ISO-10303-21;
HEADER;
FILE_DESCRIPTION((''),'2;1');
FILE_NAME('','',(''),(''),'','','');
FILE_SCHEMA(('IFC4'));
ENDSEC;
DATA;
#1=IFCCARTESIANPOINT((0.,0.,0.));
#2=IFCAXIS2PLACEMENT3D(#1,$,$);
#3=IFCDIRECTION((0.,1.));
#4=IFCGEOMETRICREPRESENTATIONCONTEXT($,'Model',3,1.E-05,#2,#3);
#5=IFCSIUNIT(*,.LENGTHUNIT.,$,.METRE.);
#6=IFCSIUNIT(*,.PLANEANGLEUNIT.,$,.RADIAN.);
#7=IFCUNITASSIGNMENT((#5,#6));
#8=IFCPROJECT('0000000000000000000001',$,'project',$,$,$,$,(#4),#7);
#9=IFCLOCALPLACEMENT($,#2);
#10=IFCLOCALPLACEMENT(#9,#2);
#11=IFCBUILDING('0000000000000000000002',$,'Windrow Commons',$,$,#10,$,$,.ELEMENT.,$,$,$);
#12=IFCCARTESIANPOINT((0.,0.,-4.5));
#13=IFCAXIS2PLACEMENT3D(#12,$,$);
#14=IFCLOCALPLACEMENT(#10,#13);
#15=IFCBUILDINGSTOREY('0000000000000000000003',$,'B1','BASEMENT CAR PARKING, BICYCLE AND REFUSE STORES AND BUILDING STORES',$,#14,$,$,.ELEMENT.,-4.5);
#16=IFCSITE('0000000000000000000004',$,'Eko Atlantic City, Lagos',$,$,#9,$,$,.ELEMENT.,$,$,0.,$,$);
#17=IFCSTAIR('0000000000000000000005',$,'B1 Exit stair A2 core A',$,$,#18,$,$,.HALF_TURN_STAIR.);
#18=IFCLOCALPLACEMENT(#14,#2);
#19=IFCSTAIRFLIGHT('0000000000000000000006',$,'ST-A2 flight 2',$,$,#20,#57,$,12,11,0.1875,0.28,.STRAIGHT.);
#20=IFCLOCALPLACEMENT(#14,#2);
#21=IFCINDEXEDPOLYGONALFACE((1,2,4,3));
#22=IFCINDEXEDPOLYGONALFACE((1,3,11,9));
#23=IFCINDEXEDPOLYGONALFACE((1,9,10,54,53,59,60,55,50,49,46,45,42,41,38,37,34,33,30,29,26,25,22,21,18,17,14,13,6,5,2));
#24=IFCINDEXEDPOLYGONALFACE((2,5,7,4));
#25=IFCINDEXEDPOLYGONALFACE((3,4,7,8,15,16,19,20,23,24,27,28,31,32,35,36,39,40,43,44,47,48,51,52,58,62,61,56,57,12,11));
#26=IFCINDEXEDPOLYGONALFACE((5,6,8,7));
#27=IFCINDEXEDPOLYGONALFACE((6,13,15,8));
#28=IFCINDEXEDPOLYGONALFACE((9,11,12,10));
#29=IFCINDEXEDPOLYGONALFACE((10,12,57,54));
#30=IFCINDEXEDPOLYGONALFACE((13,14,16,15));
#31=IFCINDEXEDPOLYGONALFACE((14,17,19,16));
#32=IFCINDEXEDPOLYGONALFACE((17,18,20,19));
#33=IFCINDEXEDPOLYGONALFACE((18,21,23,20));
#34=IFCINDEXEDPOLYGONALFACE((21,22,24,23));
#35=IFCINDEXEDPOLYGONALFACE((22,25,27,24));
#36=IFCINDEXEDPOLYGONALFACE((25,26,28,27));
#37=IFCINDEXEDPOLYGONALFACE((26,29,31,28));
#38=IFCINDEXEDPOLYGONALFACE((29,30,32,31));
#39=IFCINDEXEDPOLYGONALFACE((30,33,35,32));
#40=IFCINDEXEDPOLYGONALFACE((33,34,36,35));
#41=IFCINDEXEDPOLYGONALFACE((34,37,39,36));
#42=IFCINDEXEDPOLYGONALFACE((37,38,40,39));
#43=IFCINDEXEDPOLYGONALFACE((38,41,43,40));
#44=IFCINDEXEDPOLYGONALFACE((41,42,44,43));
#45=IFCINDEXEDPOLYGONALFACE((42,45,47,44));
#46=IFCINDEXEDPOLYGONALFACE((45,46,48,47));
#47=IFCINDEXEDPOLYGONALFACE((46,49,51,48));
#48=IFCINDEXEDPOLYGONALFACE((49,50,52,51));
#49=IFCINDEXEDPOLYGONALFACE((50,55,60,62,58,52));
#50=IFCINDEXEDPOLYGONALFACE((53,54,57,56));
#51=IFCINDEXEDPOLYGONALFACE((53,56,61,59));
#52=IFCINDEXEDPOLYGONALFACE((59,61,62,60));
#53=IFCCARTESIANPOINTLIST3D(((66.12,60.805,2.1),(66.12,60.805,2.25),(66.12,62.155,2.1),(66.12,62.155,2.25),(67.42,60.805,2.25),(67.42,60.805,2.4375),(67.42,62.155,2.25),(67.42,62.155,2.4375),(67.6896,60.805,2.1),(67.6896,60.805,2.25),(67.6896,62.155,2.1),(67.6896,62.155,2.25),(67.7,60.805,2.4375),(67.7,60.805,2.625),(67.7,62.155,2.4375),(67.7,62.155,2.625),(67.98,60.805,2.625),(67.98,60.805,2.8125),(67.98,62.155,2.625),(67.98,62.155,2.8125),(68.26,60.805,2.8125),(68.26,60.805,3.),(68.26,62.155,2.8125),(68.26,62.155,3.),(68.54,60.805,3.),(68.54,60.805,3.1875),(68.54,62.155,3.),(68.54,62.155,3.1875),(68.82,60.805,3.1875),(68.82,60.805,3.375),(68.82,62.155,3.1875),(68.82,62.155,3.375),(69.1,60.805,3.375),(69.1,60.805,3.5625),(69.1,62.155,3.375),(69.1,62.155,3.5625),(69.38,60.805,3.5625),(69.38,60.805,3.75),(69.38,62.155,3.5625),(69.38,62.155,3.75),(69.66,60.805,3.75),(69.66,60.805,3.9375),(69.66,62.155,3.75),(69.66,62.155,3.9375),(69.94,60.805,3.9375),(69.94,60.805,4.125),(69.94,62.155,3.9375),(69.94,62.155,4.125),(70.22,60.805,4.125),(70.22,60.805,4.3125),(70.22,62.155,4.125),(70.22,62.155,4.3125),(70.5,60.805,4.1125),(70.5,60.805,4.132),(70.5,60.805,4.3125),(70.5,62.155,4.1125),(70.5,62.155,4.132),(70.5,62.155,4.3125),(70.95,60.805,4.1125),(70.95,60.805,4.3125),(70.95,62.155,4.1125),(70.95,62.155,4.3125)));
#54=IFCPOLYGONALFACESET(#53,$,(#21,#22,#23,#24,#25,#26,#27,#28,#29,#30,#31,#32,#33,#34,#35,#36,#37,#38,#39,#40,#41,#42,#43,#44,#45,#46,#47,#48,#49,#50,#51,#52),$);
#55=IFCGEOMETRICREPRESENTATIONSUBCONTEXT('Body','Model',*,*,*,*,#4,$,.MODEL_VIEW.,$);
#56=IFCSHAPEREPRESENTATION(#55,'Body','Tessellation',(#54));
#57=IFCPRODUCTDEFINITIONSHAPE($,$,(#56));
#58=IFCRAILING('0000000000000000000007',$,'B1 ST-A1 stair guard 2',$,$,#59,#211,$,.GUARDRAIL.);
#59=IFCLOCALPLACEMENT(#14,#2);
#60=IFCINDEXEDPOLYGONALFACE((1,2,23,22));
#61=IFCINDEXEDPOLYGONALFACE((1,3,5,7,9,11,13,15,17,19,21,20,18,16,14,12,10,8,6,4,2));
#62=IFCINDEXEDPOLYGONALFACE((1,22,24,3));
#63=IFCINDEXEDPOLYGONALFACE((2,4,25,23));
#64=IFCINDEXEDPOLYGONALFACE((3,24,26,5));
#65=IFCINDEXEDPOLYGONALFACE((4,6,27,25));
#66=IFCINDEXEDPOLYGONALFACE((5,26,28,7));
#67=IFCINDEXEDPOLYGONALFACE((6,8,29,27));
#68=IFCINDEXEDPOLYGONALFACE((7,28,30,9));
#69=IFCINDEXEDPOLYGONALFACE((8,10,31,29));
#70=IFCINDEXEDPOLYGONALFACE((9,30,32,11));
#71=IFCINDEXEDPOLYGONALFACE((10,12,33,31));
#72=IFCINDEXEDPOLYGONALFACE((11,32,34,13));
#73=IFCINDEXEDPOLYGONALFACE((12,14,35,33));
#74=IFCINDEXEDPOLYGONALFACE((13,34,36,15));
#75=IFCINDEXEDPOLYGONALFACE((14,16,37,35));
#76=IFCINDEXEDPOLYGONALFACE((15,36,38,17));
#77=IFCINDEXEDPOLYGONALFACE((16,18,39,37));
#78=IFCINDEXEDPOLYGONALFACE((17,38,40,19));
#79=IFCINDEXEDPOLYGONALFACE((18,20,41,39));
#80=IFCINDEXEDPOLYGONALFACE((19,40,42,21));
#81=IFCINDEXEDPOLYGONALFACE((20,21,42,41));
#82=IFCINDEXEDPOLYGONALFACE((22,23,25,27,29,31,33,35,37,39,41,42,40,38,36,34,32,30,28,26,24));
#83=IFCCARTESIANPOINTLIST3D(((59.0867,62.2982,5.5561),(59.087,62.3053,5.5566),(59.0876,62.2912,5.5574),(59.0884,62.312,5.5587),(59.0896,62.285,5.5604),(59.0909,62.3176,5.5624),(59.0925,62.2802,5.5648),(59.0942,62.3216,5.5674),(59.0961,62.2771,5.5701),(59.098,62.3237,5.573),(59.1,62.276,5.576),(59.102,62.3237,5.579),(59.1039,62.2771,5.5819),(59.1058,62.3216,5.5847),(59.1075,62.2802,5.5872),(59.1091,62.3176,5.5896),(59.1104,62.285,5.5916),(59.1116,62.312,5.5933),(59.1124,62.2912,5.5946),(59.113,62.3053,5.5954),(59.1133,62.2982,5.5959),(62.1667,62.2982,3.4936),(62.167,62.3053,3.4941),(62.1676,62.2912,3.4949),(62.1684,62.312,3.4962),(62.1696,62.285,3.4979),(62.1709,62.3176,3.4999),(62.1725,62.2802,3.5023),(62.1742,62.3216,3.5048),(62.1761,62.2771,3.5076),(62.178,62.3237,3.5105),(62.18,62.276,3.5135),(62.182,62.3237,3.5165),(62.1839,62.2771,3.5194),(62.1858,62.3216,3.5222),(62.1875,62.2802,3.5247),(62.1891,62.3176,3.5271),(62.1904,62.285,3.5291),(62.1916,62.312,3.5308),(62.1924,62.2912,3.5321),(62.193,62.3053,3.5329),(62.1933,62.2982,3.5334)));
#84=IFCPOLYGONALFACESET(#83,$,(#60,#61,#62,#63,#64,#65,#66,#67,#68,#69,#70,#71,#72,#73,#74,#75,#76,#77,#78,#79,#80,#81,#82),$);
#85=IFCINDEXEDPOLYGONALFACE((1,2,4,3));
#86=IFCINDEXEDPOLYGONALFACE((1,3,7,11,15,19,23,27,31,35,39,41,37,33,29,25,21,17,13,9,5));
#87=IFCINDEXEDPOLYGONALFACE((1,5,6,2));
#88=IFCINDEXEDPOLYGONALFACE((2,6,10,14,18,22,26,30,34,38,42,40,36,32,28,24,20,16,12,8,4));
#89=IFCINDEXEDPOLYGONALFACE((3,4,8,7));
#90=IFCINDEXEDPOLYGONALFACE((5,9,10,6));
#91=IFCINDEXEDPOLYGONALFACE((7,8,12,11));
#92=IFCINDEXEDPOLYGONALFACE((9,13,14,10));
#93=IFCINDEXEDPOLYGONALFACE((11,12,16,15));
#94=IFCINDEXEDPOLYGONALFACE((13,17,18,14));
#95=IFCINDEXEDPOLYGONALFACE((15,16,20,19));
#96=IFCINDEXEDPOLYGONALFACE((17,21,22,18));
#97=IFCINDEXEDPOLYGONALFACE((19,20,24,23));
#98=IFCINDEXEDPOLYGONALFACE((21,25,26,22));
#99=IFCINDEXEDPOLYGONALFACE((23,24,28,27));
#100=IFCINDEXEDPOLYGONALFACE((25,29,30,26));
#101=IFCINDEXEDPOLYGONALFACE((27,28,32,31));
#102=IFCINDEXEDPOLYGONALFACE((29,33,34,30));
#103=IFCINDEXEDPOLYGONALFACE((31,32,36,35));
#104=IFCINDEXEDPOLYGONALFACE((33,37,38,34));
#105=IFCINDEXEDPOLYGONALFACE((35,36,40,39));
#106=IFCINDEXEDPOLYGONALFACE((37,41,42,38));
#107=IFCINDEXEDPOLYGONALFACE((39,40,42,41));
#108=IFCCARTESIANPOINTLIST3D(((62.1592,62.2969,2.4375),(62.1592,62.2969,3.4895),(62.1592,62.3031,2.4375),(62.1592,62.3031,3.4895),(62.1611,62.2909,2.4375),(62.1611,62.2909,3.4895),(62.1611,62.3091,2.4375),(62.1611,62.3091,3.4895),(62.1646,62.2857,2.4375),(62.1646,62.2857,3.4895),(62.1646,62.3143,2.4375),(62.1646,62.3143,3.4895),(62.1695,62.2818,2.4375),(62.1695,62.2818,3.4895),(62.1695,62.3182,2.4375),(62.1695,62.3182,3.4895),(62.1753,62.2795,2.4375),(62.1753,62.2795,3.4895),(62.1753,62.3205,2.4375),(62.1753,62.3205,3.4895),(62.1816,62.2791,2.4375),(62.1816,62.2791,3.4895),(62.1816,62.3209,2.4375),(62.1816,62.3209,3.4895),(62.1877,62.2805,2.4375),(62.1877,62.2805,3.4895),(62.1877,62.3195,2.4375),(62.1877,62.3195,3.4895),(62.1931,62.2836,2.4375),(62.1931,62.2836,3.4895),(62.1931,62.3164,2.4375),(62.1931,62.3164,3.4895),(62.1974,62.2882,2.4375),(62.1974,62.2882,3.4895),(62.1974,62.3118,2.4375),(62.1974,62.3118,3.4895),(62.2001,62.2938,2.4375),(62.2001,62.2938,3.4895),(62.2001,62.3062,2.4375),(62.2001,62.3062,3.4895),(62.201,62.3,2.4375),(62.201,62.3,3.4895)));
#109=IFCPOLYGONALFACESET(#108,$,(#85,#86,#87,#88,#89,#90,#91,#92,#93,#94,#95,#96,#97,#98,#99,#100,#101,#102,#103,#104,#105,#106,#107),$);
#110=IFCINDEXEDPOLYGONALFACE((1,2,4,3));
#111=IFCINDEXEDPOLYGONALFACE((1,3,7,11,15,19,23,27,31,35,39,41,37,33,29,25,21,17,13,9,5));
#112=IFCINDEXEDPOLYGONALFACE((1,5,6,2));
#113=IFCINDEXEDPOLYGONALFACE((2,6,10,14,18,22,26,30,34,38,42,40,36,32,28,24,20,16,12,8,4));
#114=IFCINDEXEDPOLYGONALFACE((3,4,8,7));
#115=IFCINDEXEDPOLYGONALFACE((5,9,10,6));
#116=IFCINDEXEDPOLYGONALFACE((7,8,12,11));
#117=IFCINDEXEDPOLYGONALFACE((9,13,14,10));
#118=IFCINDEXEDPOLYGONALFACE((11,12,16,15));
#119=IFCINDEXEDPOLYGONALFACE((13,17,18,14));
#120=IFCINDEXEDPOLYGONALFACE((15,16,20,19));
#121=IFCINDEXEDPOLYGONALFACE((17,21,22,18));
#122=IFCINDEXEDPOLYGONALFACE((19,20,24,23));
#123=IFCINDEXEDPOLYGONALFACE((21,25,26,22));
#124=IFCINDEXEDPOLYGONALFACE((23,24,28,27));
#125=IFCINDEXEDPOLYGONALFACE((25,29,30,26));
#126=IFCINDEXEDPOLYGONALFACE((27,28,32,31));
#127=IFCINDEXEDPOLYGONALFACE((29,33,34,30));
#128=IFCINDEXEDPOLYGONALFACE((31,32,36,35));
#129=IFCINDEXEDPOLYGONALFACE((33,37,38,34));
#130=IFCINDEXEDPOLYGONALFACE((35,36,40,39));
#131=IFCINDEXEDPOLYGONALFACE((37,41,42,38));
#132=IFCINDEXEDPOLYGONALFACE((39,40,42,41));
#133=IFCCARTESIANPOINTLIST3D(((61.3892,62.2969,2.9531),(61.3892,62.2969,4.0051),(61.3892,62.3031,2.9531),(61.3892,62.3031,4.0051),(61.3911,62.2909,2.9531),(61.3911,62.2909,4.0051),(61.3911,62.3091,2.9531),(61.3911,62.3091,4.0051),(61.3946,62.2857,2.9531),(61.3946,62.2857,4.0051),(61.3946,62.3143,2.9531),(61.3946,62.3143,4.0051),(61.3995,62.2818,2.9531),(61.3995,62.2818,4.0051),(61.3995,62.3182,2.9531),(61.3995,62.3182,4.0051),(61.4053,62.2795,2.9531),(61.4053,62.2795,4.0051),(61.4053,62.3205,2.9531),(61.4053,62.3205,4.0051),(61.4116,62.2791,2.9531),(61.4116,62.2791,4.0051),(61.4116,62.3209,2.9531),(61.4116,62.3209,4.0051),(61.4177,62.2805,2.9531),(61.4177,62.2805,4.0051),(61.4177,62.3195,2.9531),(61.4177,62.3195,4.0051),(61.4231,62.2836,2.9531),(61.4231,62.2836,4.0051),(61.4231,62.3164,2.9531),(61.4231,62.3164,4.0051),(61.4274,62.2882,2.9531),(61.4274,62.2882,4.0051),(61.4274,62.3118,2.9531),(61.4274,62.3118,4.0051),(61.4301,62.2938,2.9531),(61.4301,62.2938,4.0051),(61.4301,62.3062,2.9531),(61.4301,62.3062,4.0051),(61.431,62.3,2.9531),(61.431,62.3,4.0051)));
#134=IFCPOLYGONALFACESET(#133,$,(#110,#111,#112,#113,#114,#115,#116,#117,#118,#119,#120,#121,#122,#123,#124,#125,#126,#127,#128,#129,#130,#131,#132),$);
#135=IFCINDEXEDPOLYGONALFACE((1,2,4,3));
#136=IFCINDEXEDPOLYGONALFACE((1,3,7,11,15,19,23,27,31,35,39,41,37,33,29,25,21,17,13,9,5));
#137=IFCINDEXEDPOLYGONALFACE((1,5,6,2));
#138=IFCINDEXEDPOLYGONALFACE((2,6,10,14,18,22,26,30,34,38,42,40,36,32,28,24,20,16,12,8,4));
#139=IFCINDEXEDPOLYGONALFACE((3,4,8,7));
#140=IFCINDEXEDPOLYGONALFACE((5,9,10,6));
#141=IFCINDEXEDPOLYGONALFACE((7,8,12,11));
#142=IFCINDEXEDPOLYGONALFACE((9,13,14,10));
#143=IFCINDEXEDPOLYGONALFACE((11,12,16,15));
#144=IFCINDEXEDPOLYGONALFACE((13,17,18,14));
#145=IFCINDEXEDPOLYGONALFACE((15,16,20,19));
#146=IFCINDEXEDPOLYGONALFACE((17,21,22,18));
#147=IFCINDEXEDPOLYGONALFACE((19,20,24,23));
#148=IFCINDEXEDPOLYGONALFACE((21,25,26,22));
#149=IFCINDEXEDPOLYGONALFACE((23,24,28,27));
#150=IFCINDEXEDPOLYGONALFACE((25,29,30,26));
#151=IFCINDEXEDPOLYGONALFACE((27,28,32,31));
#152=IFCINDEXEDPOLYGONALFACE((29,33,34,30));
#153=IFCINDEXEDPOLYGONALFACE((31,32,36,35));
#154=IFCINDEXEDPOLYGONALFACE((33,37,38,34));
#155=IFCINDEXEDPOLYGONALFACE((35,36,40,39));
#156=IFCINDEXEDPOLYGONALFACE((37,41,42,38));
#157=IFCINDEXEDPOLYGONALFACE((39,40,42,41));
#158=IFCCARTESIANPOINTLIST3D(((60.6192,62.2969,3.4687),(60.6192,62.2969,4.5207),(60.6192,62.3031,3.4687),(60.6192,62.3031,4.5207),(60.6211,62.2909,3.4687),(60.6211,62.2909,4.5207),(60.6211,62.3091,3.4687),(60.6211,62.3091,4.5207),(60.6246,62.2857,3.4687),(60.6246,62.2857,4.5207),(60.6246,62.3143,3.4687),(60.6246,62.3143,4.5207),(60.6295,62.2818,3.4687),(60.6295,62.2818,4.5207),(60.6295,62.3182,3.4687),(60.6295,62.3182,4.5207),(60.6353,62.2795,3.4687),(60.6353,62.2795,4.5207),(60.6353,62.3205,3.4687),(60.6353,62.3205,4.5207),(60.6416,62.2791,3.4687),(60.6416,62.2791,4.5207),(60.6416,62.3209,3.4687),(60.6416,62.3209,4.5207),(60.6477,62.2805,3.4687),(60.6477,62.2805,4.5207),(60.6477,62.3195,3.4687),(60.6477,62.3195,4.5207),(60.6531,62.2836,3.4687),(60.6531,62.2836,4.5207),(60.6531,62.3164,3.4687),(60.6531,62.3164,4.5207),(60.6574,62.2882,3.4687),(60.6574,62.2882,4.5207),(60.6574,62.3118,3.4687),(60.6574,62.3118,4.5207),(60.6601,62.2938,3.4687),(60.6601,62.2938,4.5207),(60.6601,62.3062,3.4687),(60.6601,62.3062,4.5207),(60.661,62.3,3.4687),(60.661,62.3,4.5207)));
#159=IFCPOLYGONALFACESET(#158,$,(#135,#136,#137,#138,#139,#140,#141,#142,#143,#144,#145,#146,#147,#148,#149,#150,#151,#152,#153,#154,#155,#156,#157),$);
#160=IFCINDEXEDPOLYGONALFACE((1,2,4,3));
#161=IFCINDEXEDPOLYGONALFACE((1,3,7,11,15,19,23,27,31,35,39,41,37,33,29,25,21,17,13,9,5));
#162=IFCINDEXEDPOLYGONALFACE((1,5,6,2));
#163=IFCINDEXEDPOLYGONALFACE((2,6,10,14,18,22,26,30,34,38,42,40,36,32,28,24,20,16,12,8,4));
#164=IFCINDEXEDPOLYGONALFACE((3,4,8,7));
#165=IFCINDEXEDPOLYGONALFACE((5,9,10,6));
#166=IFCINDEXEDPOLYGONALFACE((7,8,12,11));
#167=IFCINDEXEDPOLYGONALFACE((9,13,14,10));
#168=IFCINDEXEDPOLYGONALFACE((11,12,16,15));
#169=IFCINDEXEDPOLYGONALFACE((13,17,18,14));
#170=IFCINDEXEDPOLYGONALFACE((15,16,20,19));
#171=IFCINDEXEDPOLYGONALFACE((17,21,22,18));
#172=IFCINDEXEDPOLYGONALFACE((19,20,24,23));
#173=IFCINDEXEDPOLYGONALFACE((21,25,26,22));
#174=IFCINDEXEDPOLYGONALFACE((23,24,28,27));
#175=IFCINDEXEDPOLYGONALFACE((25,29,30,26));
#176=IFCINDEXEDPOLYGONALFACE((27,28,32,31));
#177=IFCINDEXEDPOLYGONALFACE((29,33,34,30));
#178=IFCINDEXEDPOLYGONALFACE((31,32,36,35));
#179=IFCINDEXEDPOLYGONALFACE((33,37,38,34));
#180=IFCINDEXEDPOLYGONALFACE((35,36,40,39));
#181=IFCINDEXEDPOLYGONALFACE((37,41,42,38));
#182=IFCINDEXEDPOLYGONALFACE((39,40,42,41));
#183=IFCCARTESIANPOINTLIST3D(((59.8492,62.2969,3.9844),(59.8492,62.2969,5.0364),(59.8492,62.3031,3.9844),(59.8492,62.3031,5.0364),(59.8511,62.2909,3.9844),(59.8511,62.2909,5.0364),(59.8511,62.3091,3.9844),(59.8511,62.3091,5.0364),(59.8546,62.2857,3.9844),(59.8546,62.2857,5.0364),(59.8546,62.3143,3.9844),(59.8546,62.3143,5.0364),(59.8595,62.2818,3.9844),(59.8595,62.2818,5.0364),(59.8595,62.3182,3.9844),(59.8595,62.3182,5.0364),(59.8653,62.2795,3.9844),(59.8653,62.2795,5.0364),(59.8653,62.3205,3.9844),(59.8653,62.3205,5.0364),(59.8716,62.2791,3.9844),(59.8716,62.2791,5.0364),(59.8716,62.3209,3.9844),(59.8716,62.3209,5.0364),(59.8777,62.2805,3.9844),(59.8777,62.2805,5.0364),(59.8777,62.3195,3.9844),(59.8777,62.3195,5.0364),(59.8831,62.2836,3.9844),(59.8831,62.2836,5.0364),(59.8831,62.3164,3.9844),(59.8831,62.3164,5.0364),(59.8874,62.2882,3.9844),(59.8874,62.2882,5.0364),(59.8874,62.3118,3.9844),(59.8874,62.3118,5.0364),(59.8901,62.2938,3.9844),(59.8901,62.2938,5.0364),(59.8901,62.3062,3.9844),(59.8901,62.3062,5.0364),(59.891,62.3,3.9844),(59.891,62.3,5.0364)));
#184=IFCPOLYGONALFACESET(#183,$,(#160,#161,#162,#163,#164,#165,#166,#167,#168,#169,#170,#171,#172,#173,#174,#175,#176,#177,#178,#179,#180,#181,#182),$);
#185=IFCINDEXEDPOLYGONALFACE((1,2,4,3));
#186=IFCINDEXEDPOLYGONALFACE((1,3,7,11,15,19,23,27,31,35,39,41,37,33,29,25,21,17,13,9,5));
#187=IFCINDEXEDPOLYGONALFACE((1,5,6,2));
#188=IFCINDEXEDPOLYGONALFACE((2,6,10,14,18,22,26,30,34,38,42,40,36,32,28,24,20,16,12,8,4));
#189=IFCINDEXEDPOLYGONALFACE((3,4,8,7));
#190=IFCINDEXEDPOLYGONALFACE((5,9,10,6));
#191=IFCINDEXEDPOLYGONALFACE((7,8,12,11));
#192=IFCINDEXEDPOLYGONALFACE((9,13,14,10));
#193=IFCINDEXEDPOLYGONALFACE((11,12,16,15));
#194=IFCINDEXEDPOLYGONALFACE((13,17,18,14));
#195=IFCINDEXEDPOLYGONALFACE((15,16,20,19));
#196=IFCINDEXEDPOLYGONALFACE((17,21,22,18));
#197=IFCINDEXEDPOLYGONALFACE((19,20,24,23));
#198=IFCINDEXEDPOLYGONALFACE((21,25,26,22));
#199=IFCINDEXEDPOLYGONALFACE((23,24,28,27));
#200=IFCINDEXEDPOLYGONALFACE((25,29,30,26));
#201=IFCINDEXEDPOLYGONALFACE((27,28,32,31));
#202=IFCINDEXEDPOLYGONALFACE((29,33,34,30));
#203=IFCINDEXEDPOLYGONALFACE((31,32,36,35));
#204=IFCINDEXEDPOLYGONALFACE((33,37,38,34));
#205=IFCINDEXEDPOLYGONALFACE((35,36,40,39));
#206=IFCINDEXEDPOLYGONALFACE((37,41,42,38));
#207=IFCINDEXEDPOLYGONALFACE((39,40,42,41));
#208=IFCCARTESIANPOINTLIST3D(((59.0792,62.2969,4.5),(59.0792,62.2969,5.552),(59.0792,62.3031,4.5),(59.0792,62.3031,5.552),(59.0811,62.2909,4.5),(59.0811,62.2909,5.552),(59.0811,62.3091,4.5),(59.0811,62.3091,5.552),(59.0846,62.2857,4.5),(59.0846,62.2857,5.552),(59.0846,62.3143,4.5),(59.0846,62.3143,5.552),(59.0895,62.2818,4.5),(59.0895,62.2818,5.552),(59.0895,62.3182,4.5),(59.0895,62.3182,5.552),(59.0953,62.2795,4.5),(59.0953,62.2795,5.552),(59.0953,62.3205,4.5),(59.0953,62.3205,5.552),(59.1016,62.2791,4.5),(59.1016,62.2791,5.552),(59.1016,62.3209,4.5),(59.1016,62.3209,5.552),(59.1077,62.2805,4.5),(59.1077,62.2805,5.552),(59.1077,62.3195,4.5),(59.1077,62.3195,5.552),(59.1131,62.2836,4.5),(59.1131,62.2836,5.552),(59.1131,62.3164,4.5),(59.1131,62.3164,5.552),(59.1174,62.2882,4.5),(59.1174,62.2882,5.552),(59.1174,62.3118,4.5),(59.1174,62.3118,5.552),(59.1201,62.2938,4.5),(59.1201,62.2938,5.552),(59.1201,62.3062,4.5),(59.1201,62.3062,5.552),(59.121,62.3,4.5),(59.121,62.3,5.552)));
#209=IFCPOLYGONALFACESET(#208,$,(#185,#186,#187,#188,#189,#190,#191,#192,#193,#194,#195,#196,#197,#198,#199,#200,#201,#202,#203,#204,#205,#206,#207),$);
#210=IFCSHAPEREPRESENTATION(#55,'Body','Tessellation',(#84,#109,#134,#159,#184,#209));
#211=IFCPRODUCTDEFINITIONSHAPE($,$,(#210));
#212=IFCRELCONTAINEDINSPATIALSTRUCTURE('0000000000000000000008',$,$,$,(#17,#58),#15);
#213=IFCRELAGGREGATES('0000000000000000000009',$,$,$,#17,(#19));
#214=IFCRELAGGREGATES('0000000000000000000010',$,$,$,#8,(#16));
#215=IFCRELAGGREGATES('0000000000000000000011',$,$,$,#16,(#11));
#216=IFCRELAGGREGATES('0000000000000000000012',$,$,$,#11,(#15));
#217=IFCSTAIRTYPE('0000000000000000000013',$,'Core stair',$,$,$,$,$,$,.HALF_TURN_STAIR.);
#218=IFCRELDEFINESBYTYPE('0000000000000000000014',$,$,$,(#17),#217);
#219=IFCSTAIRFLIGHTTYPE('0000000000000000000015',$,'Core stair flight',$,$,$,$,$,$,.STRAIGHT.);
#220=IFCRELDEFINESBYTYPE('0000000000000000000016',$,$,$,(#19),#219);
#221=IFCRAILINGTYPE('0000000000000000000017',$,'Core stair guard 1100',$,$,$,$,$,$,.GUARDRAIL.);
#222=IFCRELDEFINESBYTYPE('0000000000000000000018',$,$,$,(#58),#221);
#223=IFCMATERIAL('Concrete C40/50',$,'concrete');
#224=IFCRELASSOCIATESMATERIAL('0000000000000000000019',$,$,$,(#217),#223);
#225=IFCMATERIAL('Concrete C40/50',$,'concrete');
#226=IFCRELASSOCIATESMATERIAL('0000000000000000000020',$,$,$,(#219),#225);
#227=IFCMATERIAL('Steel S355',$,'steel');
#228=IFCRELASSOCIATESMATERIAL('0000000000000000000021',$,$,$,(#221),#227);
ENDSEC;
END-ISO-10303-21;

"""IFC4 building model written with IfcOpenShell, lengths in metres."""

from ifc_helpers import new_model, si_unit, direction, frame, origin, origin_2d, place, context, subcontext, project, spatial, polyline, circle, outline, extrude, material, type_object, element, aggregate, save


model = new_model("IFC4")

# Units and contexts
model_context = context("Model", 3, precision=1e-05, world=origin(), true_north=direction((0.0, 1.0)))
body_context = subcontext(model_context, "Body", "Model", "MODEL_VIEW")
ifc_project = project(units=[si_unit("LENGTHUNIT", "METRE"), si_unit("PLANEANGLEUNIT", "RADIAN")], contexts=[model_context])

# Site, building, storey
site_placement = place(None, origin())
site = spatial("IfcSite", under=ifc_project, at=site_placement, Name="Eko Atlantic City, Lagos", CompositionType="ELEMENT", RefElevation=0.0)
building_placement = place(site_placement, origin())
building = spatial("IfcBuilding", under=site, at=building_placement, Name="Windrow Commons", CompositionType="ELEMENT")
storey_placement = place(building_placement, frame((0.0, 0.0, -4.5)))
storey = spatial("IfcBuildingStorey", under=building, at=storey_placement, Name="B1", Description="BASEMENT CAR PARKING, BICYCLE AND REFUSE STORES AND BUILDING STORES", CompositionType="ELEMENT", Elevation=-4.5)

# Shared definitions
ifc_material_1 = material(Name="Concrete C40/50", Category="concrete")
stair_type = type_object("IfcStairType", Name="Core stair", PredefinedType="HALF_TURN_STAIR", material=ifc_material_1)
placement = place(storey_placement, origin())
ifc_material_2 = material(Name="Concrete C40/50", Category="concrete")
stair_flight_type = type_object("IfcStairFlightType", Name="Core stair flight", PredefinedType="STRAIGHT", material=ifc_material_2)

# Stair, stair flight
stair_1 = element("IfcStair", 1, at=placement, inside=storey, type_object=stair_type, Name="B1 Exit stair A2 core A", PredefinedType="HALF_TURN_STAIR")
stair_flight_1_placement = place(storey_placement, frame((67.42, 61.48, 2.25), z_axis=(0.0, 0.0, 1.0), x_axis=(1.0, 0.0, 0.0)))
stair_flight_1 = element("IfcStairFlight", 2, at=stair_flight_1_placement, type_object=stair_flight_type, Name="ST-A2 flight 2", NumberOfRisers=12, NumberOfTreads=11, PredefinedType="STRAIGHT", RiserHeight=0.1875, TreadLength=0.28, context=body_context, shape_type="SweptSolid", body=[
    extrude(outline(polyline([(-1.3, -0.15), (-1.3, 0.0), (0.0, 0.0), (0.0, 0.1875), (0.28, 0.1875), (0.28, 0.375), (0.56, 0.375), (0.56, 0.5625), (0.84, 0.5625), (0.84, 0.75), (1.12, 0.75), (1.12, 0.9375), (1.4, 0.9375), (1.4, 1.125), (1.68, 1.125), (1.68, 1.3125), (1.96, 1.3125), (1.96, 1.5), (2.24, 1.5), (2.24, 1.6875), (2.52, 1.6875), (2.52, 1.875), (2.8, 1.875), (2.8, 2.0625), (3.08, 2.0625), (3.53, 2.0625), (3.53, 1.8625), (3.08, 1.8625), (3.08, 1.882), (0.2696, 0.0), (0.2696, -0.15), (-1.3, -0.15)])), frame((0.0, 0.675, 0.0), z_axis=(0.0, -1.0, 0.0), x_axis=(1.0, 0.0, 0.0)), (0.0, 0.0, 1.0), 1.35),
])
aggregate(stair_1, [stair_flight_1])

# Railing
ifc_material_3 = material(Name="Steel S355", Category="steel")
railing_type_1 = type_object("IfcRailingType", Name="Core stair guard 1100", PredefinedType="GUARDRAIL", material=ifc_material_3)
railing_1_placement = place(storey_placement, frame((62.18, 62.3, 2.4375)))
element("IfcRailing", 3, at=railing_1_placement, inside=storey, type_object=railing_type_1, Name="B1 ST-A1 stair guard 2", PredefinedType="GUARDRAIL", context=body_context, shape_type="SweptSolid", body=[
    extrude(circle(Radius=0.024, at=origin_2d()), frame((0.0, 0.0, 1.076), z_axis=(-0.830907, 0.0, 0.556411), x_axis=(0.0, -1.0, 0.0)), (0.0, 0.0, 1.0), 3.7068),
    extrude(circle(Radius=0.021, at=origin_2d()), origin(), (0.0, 0.0, 1.0), 1.052),
    extrude(circle(Radius=0.021, at=origin_2d()), frame((-0.77, 0.0, 0.5156)), (0.0, 0.0, 1.0), 1.052),
    extrude(circle(Radius=0.021, at=origin_2d()), frame((-1.54, 0.0, 1.0312)), (0.0, 0.0, 1.0), 1.052),
    extrude(circle(Radius=0.021, at=origin_2d()), frame((-2.31, 0.0, 1.5469)), (0.0, 0.0, 1.0), 1.052),
    extrude(circle(Radius=0.021, at=origin_2d()), frame((-3.08, 0.0, 2.0625)), (0.0, 0.0, 1.0), 1.052),
])

save(model, "model.ifc")
